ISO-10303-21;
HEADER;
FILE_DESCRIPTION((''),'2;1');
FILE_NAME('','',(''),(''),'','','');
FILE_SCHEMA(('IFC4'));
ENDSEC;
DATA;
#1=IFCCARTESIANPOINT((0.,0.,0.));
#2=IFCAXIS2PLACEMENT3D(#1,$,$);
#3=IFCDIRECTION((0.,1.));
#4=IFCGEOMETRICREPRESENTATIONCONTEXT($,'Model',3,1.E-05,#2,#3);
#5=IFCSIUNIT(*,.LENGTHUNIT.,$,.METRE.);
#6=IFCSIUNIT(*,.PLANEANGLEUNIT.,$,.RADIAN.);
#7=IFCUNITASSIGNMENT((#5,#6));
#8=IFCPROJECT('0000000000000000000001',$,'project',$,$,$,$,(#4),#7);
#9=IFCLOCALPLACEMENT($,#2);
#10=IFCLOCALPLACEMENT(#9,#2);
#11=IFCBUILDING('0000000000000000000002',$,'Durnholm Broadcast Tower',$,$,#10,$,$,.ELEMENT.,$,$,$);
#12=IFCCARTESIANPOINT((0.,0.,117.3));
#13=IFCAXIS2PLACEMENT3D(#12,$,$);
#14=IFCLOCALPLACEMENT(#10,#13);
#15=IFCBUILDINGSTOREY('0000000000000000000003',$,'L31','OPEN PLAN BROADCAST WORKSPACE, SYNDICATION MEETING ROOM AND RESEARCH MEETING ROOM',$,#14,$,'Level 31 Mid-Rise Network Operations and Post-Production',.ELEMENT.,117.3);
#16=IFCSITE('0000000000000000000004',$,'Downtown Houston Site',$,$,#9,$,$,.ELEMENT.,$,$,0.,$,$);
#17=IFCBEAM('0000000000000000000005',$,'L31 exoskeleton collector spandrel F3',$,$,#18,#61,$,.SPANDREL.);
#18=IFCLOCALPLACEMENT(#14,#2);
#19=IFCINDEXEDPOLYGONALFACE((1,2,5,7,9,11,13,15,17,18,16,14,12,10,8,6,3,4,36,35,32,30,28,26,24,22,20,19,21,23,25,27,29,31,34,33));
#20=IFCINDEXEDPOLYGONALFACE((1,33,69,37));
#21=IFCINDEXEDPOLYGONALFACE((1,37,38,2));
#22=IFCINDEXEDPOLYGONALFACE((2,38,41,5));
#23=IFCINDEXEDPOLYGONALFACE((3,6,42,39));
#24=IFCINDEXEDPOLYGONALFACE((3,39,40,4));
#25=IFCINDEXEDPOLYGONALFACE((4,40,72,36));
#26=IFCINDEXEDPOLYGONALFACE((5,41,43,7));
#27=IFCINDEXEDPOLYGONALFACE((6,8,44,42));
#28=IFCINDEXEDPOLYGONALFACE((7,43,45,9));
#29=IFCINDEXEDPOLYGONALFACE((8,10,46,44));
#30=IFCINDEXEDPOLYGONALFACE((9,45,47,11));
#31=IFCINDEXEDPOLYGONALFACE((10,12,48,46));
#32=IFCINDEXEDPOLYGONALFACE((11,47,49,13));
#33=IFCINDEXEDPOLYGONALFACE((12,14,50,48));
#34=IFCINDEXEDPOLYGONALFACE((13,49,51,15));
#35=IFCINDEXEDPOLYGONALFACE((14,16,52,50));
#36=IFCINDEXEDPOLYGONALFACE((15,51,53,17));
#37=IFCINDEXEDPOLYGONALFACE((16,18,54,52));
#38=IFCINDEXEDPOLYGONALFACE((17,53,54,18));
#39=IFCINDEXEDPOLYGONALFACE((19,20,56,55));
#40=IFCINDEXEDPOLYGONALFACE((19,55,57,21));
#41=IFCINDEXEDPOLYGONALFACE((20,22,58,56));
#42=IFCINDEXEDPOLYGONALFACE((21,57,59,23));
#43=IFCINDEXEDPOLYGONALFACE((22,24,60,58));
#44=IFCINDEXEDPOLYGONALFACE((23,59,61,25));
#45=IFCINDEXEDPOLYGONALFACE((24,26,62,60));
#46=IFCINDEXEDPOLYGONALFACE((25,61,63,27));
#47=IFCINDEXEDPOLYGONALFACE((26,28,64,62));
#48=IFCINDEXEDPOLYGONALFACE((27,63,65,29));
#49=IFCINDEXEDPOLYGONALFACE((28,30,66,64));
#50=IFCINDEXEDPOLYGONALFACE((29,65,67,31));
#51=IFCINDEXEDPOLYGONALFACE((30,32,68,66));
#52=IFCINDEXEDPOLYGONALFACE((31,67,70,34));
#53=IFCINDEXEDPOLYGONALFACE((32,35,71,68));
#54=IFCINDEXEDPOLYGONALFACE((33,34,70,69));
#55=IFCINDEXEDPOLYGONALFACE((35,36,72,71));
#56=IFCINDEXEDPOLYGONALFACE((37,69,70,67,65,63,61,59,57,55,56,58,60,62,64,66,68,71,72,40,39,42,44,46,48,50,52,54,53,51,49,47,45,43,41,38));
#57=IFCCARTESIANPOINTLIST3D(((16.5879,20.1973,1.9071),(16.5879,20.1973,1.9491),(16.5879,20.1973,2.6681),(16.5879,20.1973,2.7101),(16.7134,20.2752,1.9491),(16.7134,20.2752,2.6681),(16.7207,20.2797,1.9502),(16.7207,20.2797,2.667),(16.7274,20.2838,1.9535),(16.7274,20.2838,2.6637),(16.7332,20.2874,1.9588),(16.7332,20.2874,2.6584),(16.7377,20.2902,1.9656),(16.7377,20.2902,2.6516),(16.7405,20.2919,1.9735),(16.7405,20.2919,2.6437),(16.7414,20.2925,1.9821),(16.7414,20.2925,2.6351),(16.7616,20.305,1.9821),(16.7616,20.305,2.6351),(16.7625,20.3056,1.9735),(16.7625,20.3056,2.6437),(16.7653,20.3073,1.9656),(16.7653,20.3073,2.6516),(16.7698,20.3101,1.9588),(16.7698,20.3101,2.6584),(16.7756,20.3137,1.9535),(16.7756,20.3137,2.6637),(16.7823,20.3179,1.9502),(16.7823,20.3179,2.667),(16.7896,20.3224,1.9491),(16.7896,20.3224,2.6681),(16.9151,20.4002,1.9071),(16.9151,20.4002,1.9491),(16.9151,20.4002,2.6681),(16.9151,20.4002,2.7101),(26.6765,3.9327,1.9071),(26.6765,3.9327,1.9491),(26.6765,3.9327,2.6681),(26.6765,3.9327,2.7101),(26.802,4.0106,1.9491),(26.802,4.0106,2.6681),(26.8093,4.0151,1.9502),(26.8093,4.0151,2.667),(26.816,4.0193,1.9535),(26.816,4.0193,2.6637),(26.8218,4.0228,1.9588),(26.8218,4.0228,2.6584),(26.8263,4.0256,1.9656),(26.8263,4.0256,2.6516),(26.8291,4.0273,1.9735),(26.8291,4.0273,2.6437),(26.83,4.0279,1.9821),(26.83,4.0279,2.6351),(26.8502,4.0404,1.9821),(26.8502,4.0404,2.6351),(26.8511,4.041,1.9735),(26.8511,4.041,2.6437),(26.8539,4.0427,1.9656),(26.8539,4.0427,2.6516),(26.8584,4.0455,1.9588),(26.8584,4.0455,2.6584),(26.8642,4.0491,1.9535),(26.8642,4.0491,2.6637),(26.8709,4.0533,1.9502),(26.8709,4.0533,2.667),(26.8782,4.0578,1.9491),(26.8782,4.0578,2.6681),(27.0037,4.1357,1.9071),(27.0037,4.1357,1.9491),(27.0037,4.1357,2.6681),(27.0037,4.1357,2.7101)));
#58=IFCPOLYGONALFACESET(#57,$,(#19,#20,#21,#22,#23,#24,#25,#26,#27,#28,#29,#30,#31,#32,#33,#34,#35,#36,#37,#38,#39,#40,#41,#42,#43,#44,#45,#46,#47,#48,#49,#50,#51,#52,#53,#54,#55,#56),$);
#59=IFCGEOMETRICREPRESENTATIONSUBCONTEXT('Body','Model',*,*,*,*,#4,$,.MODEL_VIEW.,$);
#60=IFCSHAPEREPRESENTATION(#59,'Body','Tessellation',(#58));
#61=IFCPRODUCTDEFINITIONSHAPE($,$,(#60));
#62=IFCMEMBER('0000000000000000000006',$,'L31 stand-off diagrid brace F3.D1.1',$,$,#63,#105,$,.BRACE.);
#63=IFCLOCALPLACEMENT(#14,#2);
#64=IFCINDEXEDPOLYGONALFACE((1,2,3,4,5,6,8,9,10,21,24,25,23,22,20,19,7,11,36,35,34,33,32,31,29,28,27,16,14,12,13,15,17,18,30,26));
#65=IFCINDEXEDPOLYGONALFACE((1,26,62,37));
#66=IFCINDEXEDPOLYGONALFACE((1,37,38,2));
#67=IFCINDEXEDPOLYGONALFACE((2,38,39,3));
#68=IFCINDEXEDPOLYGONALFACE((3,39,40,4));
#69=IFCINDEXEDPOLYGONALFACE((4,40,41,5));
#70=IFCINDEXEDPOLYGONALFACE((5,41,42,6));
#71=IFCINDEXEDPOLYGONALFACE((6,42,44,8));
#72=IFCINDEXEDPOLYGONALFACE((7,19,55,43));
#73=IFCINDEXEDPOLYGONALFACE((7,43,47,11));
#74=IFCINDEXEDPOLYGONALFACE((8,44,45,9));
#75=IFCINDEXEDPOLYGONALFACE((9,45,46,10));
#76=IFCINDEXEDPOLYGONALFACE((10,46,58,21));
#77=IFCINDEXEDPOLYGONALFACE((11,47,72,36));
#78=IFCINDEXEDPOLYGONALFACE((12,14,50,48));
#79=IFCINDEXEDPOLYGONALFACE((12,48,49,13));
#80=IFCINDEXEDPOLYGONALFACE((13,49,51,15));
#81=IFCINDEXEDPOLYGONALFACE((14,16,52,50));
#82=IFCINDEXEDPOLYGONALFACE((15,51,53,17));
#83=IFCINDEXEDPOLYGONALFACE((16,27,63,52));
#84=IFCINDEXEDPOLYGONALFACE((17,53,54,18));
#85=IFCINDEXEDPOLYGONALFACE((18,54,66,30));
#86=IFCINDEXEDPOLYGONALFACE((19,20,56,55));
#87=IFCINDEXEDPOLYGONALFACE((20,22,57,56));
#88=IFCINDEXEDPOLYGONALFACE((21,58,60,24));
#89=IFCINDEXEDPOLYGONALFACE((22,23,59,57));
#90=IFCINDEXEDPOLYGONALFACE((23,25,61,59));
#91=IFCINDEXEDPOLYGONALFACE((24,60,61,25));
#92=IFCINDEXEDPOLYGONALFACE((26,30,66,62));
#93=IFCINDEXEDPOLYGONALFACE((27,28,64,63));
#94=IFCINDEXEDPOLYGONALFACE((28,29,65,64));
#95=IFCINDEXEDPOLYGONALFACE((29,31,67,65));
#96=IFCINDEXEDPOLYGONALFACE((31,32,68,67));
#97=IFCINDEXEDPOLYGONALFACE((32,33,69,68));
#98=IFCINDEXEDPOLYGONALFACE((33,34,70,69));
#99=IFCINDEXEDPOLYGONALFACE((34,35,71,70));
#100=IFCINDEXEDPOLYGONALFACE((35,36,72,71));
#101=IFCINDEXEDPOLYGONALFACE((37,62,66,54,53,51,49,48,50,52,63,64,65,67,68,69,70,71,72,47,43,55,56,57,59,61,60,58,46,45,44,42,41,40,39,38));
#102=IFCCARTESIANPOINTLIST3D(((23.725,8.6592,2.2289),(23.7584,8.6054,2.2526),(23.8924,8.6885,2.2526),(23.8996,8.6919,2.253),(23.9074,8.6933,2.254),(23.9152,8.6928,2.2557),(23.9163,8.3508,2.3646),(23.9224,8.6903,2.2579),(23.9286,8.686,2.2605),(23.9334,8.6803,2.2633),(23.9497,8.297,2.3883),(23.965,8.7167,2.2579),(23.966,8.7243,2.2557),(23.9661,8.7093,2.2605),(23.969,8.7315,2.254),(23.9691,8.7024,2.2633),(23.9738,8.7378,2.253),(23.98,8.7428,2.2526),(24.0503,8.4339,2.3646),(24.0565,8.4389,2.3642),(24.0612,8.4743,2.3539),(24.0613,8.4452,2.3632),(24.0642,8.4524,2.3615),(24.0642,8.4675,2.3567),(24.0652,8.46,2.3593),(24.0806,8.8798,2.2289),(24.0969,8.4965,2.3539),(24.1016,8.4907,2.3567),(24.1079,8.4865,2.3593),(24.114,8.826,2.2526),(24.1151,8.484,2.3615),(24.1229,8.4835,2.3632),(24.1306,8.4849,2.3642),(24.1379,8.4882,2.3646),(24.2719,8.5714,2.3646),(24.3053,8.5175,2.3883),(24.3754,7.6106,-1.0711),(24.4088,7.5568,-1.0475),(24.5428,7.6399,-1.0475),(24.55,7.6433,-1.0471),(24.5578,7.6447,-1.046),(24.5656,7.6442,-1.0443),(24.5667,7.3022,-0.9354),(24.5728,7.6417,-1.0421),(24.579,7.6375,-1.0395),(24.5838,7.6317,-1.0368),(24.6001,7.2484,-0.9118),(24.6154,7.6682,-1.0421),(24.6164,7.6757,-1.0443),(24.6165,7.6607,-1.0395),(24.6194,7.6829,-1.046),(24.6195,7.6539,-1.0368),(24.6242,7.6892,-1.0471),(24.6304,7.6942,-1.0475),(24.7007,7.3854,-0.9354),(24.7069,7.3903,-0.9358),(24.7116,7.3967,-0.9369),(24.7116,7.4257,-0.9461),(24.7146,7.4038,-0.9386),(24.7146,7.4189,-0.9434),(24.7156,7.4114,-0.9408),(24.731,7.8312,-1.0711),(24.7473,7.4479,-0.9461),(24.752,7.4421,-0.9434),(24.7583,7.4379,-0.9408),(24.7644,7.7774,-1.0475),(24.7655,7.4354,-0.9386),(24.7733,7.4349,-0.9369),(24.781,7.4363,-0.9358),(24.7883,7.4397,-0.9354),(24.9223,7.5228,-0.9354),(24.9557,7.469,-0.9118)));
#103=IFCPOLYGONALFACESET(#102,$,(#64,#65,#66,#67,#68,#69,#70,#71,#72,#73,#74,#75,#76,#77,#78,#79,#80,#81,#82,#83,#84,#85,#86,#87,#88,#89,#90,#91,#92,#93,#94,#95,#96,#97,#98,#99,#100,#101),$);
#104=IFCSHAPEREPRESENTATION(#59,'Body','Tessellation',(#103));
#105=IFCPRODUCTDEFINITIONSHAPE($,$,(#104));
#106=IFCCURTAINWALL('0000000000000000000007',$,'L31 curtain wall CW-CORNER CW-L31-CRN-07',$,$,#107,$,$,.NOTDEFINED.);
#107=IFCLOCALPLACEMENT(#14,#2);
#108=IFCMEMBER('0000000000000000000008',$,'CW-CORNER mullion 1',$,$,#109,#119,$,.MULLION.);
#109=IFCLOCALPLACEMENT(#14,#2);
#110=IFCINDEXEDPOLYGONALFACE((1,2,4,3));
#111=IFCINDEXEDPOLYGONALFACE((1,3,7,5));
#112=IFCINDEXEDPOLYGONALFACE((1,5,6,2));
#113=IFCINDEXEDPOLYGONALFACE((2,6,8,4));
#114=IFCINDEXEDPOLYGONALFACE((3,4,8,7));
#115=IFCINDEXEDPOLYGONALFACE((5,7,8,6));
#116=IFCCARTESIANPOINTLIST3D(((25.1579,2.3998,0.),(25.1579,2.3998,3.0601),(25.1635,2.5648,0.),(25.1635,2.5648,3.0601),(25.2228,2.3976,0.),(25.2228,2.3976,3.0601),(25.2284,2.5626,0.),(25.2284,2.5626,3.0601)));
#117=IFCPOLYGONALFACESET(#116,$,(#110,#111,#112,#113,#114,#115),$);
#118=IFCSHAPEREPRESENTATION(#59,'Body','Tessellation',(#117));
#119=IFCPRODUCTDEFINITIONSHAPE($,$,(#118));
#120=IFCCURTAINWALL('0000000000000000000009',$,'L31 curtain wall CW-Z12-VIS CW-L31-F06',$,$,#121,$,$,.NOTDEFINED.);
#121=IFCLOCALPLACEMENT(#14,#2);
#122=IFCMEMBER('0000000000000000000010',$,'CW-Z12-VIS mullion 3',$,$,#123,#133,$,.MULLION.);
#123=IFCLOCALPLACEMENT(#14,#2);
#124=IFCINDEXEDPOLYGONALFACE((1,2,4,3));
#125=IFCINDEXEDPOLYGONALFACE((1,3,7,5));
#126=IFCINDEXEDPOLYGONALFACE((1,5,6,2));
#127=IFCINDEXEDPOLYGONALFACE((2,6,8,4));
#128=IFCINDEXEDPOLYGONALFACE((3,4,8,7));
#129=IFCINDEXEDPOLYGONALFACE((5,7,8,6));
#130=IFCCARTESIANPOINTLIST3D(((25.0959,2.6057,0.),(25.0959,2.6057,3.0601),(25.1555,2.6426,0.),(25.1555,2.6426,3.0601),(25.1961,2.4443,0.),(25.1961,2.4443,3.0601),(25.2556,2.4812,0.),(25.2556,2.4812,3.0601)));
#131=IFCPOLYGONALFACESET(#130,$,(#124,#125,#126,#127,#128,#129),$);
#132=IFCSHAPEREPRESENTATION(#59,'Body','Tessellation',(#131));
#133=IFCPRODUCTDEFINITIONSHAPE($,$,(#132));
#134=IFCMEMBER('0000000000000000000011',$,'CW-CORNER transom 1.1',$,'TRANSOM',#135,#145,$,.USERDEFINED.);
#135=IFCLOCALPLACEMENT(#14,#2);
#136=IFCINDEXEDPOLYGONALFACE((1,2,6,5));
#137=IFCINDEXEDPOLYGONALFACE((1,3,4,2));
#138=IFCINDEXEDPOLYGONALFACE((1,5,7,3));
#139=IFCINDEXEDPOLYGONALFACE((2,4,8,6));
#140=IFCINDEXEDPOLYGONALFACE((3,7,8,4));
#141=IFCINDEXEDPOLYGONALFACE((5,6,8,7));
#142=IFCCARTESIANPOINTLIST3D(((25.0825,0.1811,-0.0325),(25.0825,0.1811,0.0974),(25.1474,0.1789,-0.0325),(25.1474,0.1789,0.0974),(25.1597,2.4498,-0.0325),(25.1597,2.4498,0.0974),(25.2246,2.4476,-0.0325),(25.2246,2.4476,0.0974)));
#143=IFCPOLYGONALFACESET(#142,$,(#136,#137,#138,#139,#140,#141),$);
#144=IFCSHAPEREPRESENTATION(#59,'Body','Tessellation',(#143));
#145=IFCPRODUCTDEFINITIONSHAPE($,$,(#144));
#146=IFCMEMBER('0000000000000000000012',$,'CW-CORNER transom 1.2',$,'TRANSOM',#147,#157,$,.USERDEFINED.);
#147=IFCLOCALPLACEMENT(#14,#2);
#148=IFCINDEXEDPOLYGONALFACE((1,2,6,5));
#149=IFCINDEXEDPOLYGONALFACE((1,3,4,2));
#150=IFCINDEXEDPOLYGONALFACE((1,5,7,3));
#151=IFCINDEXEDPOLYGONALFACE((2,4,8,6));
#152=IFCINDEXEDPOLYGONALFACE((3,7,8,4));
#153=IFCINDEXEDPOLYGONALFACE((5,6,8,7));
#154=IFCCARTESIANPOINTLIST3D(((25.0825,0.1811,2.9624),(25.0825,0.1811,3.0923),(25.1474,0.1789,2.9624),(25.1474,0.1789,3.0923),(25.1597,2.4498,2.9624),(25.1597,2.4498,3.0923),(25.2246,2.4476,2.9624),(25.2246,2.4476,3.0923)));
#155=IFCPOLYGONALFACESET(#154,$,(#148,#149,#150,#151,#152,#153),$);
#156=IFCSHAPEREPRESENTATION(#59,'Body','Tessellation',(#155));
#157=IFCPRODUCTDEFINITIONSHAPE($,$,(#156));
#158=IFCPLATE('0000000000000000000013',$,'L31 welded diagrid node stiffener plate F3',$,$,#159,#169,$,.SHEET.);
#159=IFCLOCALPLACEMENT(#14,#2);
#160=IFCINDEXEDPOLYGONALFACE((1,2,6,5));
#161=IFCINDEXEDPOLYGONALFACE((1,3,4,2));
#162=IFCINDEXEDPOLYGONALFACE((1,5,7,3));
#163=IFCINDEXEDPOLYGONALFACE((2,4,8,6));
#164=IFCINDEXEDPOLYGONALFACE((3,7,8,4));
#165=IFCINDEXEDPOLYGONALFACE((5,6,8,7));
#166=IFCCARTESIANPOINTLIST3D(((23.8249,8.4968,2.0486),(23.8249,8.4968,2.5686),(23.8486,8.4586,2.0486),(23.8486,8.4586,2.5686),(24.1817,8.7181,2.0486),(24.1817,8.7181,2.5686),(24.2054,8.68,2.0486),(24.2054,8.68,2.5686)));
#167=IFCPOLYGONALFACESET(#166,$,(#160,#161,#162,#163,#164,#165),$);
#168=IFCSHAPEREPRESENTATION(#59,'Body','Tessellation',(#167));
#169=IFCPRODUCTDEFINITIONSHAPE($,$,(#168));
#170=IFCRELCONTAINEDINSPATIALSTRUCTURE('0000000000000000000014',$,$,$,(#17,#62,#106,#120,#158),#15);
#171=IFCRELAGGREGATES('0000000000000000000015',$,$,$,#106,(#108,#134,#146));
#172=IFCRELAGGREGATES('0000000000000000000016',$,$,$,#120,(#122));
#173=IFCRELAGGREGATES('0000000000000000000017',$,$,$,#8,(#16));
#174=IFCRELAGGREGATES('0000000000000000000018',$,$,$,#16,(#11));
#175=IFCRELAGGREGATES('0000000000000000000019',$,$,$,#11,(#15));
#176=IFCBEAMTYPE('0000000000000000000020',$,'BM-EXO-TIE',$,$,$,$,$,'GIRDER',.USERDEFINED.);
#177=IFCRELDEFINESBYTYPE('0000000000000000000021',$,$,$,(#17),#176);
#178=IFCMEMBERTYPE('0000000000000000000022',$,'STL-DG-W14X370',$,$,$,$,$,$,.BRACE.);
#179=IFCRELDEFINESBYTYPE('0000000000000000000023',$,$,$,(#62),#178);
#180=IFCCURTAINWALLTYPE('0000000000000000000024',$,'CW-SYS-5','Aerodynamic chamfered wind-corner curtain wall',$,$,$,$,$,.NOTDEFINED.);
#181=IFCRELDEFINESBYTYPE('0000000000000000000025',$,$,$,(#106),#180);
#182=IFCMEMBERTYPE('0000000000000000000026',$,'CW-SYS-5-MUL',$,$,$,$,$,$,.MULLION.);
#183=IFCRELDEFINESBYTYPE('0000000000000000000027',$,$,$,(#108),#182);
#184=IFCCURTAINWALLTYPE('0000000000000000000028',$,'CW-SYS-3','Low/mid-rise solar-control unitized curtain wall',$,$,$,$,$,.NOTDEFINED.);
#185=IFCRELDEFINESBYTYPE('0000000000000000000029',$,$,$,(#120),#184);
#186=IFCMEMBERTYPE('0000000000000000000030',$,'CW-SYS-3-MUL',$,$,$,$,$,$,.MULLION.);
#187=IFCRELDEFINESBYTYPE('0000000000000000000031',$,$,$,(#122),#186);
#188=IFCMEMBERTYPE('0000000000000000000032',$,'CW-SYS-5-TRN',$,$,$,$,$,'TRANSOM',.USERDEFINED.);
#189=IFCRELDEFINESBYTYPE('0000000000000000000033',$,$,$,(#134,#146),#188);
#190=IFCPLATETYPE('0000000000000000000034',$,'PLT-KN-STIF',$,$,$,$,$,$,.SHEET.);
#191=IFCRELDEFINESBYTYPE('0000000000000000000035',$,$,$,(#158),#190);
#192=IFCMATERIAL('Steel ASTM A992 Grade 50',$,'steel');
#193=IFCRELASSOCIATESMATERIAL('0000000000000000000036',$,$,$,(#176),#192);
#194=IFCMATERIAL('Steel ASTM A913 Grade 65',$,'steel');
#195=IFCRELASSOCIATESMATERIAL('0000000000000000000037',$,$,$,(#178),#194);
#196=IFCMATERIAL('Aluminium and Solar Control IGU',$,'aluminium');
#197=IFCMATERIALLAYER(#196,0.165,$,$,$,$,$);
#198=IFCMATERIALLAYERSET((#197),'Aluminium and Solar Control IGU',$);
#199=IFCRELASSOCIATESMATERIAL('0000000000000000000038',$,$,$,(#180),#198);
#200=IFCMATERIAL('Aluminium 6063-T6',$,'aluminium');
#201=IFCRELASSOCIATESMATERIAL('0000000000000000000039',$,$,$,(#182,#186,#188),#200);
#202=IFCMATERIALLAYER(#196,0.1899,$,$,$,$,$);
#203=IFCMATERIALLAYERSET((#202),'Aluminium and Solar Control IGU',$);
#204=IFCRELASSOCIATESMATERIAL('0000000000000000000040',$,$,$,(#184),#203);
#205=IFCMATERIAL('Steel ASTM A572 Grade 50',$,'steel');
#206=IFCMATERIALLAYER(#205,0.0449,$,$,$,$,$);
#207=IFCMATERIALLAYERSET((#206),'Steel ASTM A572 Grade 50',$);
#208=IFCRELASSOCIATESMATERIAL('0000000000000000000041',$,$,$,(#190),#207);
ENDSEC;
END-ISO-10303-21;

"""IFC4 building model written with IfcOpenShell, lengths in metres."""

from ifc_helpers import new_model, si_unit, direction, frame, origin, origin_2d, place, context, subcontext, project, spatial, rectangle, i_section, extrude, source, transform, mapped, material, layer, layer_set, material_profile, profile_set, type_object, type_shapes, element, aggregate, save


model = new_model("IFC4")

# Units and contexts
model_context = context("Model", 3, precision=1e-05, world=origin(), true_north=direction((0.0, 1.0)))
body_context = subcontext(model_context, "Body", "Model", "MODEL_VIEW")
ifc_project = project(units=[si_unit("LENGTHUNIT", "METRE"), si_unit("PLANEANGLEUNIT", "RADIAN")], contexts=[model_context])

# Site, building, storey
site_placement = place(None, origin())
site = spatial("IfcSite", under=ifc_project, at=site_placement, Name="Downtown Houston Site", CompositionType="ELEMENT", RefElevation=0.0)
building_placement = place(site_placement, origin())
building = spatial("IfcBuilding", under=site, at=building_placement, Name="Durnholm Broadcast Tower", CompositionType="ELEMENT")
storey_placement = place(building_placement, frame((0.0, 0.0, 117.3)))
storey = spatial("IfcBuildingStorey", under=building, at=storey_placement, Name="L31", Description="OPEN PLAN BROADCAST WORKSPACE, SYNDICATION MEETING ROOM AND RESEARCH MEETING ROOM", LongName="Level 31 Mid-Rise Network Operations and Post-Production", CompositionType="ELEMENT", Elevation=117.3)

# Beam
ifc_material_1 = material(Name="Steel ASTM A992 Grade 50", Category="steel")
ifc_material_profile_1 = material_profile(ifc_material_1, i_section(OverallWidth=0.385, OverallDepth=0.803, WebThickness=0.0237, FlangeThickness=0.042, FilletRadius=0.033, at=origin_2d()), Name="W30X261")
ifc_profile_set_1 = profile_set([ifc_material_profile_1], Name="Steel ASTM A992 Grade 50")
beam_type_1 = type_object("IfcBeamType", Name="BM-EXO-TIE", ElementType="GIRDER", PredefinedType="USERDEFINED", material=ifc_profile_set_1)
shared_shape_1 = source(origin(), body_context, "Body", "SweptSolid", [
    extrude(i_section(OverallWidth=0.385, OverallDepth=0.803, WebThickness=0.0237, FlangeThickness=0.042, FilletRadius=0.033, at=origin_2d()), origin(), (0.0, 0.0, 1.0), 19.1394),
])
beam_1_placement = place(storey_placement, frame((26.8401, 4.0342, 2.3086), z_axis=(-0.527111, 0.849796, 0.0), x_axis=(-0.849796, -0.527111, 0.0)))
element("IfcBeam", 1, at=beam_1_placement, inside=storey, type_object=beam_type_1, Name="L31 exoskeleton collector spandrel F3", PredefinedType="SPANDREL", context=body_context, shape_type="MappedRepresentation", body=[
    mapped(shared_shape_1, transform((0.0, 0.0, 0.0), x_axis=(1.0, 0.0, 0.0), y_axis=(0.0, 1.0, 0.0), z_axis=(0.0, 0.0, 1.0), scale=1.0)),
])

# Member
ifc_material_2 = material(Name="Steel ASTM A913 Grade 65", Category="steel")
ifc_material_profile_2 = material_profile(ifc_material_2, i_section(OverallWidth=0.4185, OverallDepth=0.4551, WebThickness=0.042, FlangeThickness=0.0676, FilletRadius=0.0305, at=origin_2d()), Name="W14X370")
ifc_profile_set_2 = profile_set([ifc_material_profile_2], Name="Steel ASTM A913 Grade 65")
member_type_1 = type_object("IfcMemberType", Name="STL-DG-W14X370", PredefinedType="BRACE", material=ifc_profile_set_2)
shared_shape_2 = source(origin(), body_context, "Body", "SweptSolid", [
    extrude(i_section(OverallWidth=0.4185, OverallDepth=0.4551, WebThickness=0.042, FlangeThickness=0.0676, FilletRadius=0.0305, at=origin_2d()), origin(), (0.0, 0.0, 1.0), 3.5232),
])
type_shapes(member_type_1, [shared_shape_2])
member_1_placement = place(storey_placement, frame((24.6655, 7.5398, -0.9915), z_axis=(-0.184603, 0.297624, 0.936665), x_axis=(-0.849805, -0.527097, 0.0)))
element("IfcMember", 2, at=member_1_placement, inside=storey, type_object=member_type_1, Name="L31 stand-off diagrid brace F3.D1.1", PredefinedType="BRACE", context=body_context, shape_type="MappedRepresentation", body=[
    mapped(shared_shape_2, transform((0.0, 0.0, 0.0), x_axis=(1.0, 0.0, 0.0), y_axis=(0.0, 1.0, 0.0), z_axis=(0.0, 0.0, 1.0), scale=1.0)),
])

# Curtain walls, members
ifc_material_3 = material(Name="Aluminium and Solar Control IGU", Category="aluminium")
ifc_layer_1 = layer(ifc_material_3, 0.165)
ifc_layer_set_1 = layer_set([ifc_layer_1], Name="Aluminium and Solar Control IGU")
curtain_wall_type_1 = type_object("IfcCurtainWallType", Name="CW-SYS-5", Description="Aerodynamic chamfered wind-corner curtain wall", PredefinedType="NOTDEFINED", material=ifc_layer_set_1)
curtain_wall_1_placement = place(storey_placement, origin())
curtain_wall_1 = element("IfcCurtainWall", 3, at=curtain_wall_1_placement, inside=storey, type_object=curtain_wall_type_1, Name="L31 curtain wall CW-CORNER CW-L31-CRN-07", PredefinedType="NOTDEFINED")
ifc_material_4 = material(Name="Aluminium 6063-T6", Category="aluminium")
ifc_material_profile_3 = material_profile(ifc_material_4, rectangle(XDim=0.0649, YDim=0.165, at=origin_2d()), Name="CWM65X165")
ifc_profile_set_3 = profile_set([ifc_material_profile_3], Name="Aluminium 6063-T6")
member_type_2 = type_object("IfcMemberType", Name="CW-SYS-5-MUL", PredefinedType="MULLION", material=ifc_profile_set_3)
shared_shape_3 = source(origin(), body_context, "Body", "SweptSolid", [
    extrude(rectangle(XDim=0.0649, YDim=0.165, at=origin_2d()), origin(), (0.0, 0.0, 1.0), 3.0601),
])
type_shapes(member_type_2, [shared_shape_3])
member_2_placement = place(storey_placement, frame((25.1931, 2.4812, 0.0), z_axis=(0.0, 0.0, 1.0), x_axis=(0.999425, -0.033917, 0.0)))
member_2 = element("IfcMember", 4, at=member_2_placement, type_object=member_type_2, Name="CW-CORNER mullion 1", PredefinedType="MULLION", context=body_context, shape_type="MappedRepresentation", body=[
    mapped(shared_shape_3, transform((0.0, 0.0, 0.0), x_axis=(1.0, 0.0, 0.0), y_axis=(0.0, 1.0, 0.0), z_axis=(0.0, 0.0, 1.0), scale=1.0)),
])
ifc_layer_2 = layer(ifc_material_3, 0.1899)
ifc_layer_set_2 = layer_set([ifc_layer_2], Name="Aluminium and Solar Control IGU")
curtain_wall_type_2 = type_object("IfcCurtainWallType", Name="CW-SYS-3", Description="Low/mid-rise solar-control unitized curtain wall", PredefinedType="NOTDEFINED", material=ifc_layer_set_2)
curtain_wall_2_placement = place(storey_placement, origin())
curtain_wall_2 = element("IfcCurtainWall", 5, at=curtain_wall_2_placement, inside=storey, type_object=curtain_wall_type_2, Name="L31 curtain wall CW-Z12-VIS CW-L31-F06", PredefinedType="NOTDEFINED")
ifc_material_profile_4 = material_profile(ifc_material_4, rectangle(XDim=0.0701, YDim=0.1899, at=origin_2d()), Name="CWM70X190")
ifc_profile_set_4 = profile_set([ifc_material_profile_4], Name="Aluminium 6063-T6")
member_type_3 = type_object("IfcMemberType", Name="CW-SYS-3-MUL", PredefinedType="MULLION", material=ifc_profile_set_4)
shared_shape_4 = source(origin(), body_context, "Body", "SweptSolid", [
    extrude(rectangle(XDim=0.0701, YDim=0.1899, at=origin_2d()), origin(), (0.0, 0.0, 1.0), 3.0601),
])
type_shapes(member_type_3, [shared_shape_4])
member_3_placement = place(storey_placement, frame((25.1758, 2.5435, 0.0), z_axis=(0.0, 0.0, 1.0), x_axis=(0.8498, 0.527105, 0.0)))
member_3 = element("IfcMember", 6, at=member_3_placement, type_object=member_type_3, Name="CW-Z12-VIS mullion 3", PredefinedType="MULLION", context=body_context, shape_type="MappedRepresentation", body=[
    mapped(shared_shape_4, transform((0.0, 0.0, 0.0), x_axis=(1.0, 0.0, 0.0), y_axis=(0.0, 1.0, 0.0), z_axis=(0.0, 0.0, 1.0), scale=1.0)),
])

# Members
ifc_material_profile_5 = material_profile(ifc_material_4, rectangle(XDim=0.0649, YDim=0.1299, at=origin_2d()), Name="CWT65X130")
ifc_profile_set_5 = profile_set([ifc_material_profile_5], Name="Aluminium 6063-T6")
member_type_4 = type_object("IfcMemberType", Name="CW-SYS-5-TRN", ElementType="TRANSOM", PredefinedType="USERDEFINED", material=ifc_profile_set_5)
shared_shape_5 = source(origin(), body_context, "Body", "SweptSolid", [
    extrude(rectangle(XDim=0.0649, YDim=0.1299, at=origin_2d()), origin(), (0.0, 0.0, 1.0), 2.27),
])
type_shapes(member_type_4, [shared_shape_5])
member_4_placement = place(storey_placement, frame((25.1921, 2.4487, 0.0325), z_axis=(-0.033984, -0.999422, 0.0), x_axis=(0.999422, -0.033984, 0.0)))
member_4 = element("IfcMember", 7, at=member_4_placement, type_object=member_type_4, Name="CW-CORNER transom 1.1", ObjectType="TRANSOM", PredefinedType="USERDEFINED", context=body_context, shape_type="MappedRepresentation", body=[
    mapped(shared_shape_5, transform((0.0, 0.0, 0.0), x_axis=(1.0, 0.0, 0.0), y_axis=(0.0, 1.0, 0.0), z_axis=(0.0, 0.0, 1.0), scale=1.0)),
])
member_5_placement = place(storey_placement, frame((25.1921, 2.4487, 3.0273), z_axis=(-0.033984, -0.999422, 0.0), x_axis=(0.999422, -0.033984, 0.0)))
member_5 = element("IfcMember", 8, at=member_5_placement, type_object=member_type_4, Name="CW-CORNER transom 1.2", ObjectType="TRANSOM", PredefinedType="USERDEFINED", context=body_context, shape_type="MappedRepresentation", body=[
    mapped(shared_shape_5, transform((0.0, 0.0, 0.0), x_axis=(1.0, 0.0, 0.0), y_axis=(0.0, 1.0, 0.0), z_axis=(0.0, 0.0, 1.0), scale=1.0)),
])

# Plate
ifc_material_5 = material(Name="Steel ASTM A572 Grade 50", Category="steel")
ifc_layer_3 = layer(ifc_material_5, 0.0449)
ifc_layer_set_3 = layer_set([ifc_layer_3], Name="Steel ASTM A572 Grade 50")
plate_type_1 = type_object("IfcPlateType", Name="PLT-KN-STIF", PredefinedType="SHEET", material=ifc_layer_set_3)
shared_shape_6 = source(origin(), body_context, "Body", "SweptSolid", [
    extrude(rectangle(XDim=0.0449, YDim=0.4199, at=origin_2d()), origin(), (0.0, 0.0, 1.0), 0.52),
])
type_shapes(plate_type_1, [shared_shape_6])
plate_1_placement = place(storey_placement, frame((24.0151, 8.5884, 2.0486), z_axis=(0.0, 0.0, 1.0), x_axis=(-0.527104, 0.849801, 0.0)))
element("IfcPlate", 9, at=plate_1_placement, inside=storey, type_object=plate_type_1, Name="L31 welded diagrid node stiffener plate F3", PredefinedType="SHEET", context=body_context, shape_type="MappedRepresentation", body=[
    mapped(shared_shape_6, transform((0.0, 0.0, 0.0), x_axis=(1.0, 0.0, 0.0), y_axis=(0.0, 1.0, 0.0), z_axis=(0.0, 0.0, 1.0), scale=1.0)),
])

aggregate(curtain_wall_1, [member_2, member_4, member_5])
aggregate(curtain_wall_2, [member_3])

save(model, "model.ifc")
